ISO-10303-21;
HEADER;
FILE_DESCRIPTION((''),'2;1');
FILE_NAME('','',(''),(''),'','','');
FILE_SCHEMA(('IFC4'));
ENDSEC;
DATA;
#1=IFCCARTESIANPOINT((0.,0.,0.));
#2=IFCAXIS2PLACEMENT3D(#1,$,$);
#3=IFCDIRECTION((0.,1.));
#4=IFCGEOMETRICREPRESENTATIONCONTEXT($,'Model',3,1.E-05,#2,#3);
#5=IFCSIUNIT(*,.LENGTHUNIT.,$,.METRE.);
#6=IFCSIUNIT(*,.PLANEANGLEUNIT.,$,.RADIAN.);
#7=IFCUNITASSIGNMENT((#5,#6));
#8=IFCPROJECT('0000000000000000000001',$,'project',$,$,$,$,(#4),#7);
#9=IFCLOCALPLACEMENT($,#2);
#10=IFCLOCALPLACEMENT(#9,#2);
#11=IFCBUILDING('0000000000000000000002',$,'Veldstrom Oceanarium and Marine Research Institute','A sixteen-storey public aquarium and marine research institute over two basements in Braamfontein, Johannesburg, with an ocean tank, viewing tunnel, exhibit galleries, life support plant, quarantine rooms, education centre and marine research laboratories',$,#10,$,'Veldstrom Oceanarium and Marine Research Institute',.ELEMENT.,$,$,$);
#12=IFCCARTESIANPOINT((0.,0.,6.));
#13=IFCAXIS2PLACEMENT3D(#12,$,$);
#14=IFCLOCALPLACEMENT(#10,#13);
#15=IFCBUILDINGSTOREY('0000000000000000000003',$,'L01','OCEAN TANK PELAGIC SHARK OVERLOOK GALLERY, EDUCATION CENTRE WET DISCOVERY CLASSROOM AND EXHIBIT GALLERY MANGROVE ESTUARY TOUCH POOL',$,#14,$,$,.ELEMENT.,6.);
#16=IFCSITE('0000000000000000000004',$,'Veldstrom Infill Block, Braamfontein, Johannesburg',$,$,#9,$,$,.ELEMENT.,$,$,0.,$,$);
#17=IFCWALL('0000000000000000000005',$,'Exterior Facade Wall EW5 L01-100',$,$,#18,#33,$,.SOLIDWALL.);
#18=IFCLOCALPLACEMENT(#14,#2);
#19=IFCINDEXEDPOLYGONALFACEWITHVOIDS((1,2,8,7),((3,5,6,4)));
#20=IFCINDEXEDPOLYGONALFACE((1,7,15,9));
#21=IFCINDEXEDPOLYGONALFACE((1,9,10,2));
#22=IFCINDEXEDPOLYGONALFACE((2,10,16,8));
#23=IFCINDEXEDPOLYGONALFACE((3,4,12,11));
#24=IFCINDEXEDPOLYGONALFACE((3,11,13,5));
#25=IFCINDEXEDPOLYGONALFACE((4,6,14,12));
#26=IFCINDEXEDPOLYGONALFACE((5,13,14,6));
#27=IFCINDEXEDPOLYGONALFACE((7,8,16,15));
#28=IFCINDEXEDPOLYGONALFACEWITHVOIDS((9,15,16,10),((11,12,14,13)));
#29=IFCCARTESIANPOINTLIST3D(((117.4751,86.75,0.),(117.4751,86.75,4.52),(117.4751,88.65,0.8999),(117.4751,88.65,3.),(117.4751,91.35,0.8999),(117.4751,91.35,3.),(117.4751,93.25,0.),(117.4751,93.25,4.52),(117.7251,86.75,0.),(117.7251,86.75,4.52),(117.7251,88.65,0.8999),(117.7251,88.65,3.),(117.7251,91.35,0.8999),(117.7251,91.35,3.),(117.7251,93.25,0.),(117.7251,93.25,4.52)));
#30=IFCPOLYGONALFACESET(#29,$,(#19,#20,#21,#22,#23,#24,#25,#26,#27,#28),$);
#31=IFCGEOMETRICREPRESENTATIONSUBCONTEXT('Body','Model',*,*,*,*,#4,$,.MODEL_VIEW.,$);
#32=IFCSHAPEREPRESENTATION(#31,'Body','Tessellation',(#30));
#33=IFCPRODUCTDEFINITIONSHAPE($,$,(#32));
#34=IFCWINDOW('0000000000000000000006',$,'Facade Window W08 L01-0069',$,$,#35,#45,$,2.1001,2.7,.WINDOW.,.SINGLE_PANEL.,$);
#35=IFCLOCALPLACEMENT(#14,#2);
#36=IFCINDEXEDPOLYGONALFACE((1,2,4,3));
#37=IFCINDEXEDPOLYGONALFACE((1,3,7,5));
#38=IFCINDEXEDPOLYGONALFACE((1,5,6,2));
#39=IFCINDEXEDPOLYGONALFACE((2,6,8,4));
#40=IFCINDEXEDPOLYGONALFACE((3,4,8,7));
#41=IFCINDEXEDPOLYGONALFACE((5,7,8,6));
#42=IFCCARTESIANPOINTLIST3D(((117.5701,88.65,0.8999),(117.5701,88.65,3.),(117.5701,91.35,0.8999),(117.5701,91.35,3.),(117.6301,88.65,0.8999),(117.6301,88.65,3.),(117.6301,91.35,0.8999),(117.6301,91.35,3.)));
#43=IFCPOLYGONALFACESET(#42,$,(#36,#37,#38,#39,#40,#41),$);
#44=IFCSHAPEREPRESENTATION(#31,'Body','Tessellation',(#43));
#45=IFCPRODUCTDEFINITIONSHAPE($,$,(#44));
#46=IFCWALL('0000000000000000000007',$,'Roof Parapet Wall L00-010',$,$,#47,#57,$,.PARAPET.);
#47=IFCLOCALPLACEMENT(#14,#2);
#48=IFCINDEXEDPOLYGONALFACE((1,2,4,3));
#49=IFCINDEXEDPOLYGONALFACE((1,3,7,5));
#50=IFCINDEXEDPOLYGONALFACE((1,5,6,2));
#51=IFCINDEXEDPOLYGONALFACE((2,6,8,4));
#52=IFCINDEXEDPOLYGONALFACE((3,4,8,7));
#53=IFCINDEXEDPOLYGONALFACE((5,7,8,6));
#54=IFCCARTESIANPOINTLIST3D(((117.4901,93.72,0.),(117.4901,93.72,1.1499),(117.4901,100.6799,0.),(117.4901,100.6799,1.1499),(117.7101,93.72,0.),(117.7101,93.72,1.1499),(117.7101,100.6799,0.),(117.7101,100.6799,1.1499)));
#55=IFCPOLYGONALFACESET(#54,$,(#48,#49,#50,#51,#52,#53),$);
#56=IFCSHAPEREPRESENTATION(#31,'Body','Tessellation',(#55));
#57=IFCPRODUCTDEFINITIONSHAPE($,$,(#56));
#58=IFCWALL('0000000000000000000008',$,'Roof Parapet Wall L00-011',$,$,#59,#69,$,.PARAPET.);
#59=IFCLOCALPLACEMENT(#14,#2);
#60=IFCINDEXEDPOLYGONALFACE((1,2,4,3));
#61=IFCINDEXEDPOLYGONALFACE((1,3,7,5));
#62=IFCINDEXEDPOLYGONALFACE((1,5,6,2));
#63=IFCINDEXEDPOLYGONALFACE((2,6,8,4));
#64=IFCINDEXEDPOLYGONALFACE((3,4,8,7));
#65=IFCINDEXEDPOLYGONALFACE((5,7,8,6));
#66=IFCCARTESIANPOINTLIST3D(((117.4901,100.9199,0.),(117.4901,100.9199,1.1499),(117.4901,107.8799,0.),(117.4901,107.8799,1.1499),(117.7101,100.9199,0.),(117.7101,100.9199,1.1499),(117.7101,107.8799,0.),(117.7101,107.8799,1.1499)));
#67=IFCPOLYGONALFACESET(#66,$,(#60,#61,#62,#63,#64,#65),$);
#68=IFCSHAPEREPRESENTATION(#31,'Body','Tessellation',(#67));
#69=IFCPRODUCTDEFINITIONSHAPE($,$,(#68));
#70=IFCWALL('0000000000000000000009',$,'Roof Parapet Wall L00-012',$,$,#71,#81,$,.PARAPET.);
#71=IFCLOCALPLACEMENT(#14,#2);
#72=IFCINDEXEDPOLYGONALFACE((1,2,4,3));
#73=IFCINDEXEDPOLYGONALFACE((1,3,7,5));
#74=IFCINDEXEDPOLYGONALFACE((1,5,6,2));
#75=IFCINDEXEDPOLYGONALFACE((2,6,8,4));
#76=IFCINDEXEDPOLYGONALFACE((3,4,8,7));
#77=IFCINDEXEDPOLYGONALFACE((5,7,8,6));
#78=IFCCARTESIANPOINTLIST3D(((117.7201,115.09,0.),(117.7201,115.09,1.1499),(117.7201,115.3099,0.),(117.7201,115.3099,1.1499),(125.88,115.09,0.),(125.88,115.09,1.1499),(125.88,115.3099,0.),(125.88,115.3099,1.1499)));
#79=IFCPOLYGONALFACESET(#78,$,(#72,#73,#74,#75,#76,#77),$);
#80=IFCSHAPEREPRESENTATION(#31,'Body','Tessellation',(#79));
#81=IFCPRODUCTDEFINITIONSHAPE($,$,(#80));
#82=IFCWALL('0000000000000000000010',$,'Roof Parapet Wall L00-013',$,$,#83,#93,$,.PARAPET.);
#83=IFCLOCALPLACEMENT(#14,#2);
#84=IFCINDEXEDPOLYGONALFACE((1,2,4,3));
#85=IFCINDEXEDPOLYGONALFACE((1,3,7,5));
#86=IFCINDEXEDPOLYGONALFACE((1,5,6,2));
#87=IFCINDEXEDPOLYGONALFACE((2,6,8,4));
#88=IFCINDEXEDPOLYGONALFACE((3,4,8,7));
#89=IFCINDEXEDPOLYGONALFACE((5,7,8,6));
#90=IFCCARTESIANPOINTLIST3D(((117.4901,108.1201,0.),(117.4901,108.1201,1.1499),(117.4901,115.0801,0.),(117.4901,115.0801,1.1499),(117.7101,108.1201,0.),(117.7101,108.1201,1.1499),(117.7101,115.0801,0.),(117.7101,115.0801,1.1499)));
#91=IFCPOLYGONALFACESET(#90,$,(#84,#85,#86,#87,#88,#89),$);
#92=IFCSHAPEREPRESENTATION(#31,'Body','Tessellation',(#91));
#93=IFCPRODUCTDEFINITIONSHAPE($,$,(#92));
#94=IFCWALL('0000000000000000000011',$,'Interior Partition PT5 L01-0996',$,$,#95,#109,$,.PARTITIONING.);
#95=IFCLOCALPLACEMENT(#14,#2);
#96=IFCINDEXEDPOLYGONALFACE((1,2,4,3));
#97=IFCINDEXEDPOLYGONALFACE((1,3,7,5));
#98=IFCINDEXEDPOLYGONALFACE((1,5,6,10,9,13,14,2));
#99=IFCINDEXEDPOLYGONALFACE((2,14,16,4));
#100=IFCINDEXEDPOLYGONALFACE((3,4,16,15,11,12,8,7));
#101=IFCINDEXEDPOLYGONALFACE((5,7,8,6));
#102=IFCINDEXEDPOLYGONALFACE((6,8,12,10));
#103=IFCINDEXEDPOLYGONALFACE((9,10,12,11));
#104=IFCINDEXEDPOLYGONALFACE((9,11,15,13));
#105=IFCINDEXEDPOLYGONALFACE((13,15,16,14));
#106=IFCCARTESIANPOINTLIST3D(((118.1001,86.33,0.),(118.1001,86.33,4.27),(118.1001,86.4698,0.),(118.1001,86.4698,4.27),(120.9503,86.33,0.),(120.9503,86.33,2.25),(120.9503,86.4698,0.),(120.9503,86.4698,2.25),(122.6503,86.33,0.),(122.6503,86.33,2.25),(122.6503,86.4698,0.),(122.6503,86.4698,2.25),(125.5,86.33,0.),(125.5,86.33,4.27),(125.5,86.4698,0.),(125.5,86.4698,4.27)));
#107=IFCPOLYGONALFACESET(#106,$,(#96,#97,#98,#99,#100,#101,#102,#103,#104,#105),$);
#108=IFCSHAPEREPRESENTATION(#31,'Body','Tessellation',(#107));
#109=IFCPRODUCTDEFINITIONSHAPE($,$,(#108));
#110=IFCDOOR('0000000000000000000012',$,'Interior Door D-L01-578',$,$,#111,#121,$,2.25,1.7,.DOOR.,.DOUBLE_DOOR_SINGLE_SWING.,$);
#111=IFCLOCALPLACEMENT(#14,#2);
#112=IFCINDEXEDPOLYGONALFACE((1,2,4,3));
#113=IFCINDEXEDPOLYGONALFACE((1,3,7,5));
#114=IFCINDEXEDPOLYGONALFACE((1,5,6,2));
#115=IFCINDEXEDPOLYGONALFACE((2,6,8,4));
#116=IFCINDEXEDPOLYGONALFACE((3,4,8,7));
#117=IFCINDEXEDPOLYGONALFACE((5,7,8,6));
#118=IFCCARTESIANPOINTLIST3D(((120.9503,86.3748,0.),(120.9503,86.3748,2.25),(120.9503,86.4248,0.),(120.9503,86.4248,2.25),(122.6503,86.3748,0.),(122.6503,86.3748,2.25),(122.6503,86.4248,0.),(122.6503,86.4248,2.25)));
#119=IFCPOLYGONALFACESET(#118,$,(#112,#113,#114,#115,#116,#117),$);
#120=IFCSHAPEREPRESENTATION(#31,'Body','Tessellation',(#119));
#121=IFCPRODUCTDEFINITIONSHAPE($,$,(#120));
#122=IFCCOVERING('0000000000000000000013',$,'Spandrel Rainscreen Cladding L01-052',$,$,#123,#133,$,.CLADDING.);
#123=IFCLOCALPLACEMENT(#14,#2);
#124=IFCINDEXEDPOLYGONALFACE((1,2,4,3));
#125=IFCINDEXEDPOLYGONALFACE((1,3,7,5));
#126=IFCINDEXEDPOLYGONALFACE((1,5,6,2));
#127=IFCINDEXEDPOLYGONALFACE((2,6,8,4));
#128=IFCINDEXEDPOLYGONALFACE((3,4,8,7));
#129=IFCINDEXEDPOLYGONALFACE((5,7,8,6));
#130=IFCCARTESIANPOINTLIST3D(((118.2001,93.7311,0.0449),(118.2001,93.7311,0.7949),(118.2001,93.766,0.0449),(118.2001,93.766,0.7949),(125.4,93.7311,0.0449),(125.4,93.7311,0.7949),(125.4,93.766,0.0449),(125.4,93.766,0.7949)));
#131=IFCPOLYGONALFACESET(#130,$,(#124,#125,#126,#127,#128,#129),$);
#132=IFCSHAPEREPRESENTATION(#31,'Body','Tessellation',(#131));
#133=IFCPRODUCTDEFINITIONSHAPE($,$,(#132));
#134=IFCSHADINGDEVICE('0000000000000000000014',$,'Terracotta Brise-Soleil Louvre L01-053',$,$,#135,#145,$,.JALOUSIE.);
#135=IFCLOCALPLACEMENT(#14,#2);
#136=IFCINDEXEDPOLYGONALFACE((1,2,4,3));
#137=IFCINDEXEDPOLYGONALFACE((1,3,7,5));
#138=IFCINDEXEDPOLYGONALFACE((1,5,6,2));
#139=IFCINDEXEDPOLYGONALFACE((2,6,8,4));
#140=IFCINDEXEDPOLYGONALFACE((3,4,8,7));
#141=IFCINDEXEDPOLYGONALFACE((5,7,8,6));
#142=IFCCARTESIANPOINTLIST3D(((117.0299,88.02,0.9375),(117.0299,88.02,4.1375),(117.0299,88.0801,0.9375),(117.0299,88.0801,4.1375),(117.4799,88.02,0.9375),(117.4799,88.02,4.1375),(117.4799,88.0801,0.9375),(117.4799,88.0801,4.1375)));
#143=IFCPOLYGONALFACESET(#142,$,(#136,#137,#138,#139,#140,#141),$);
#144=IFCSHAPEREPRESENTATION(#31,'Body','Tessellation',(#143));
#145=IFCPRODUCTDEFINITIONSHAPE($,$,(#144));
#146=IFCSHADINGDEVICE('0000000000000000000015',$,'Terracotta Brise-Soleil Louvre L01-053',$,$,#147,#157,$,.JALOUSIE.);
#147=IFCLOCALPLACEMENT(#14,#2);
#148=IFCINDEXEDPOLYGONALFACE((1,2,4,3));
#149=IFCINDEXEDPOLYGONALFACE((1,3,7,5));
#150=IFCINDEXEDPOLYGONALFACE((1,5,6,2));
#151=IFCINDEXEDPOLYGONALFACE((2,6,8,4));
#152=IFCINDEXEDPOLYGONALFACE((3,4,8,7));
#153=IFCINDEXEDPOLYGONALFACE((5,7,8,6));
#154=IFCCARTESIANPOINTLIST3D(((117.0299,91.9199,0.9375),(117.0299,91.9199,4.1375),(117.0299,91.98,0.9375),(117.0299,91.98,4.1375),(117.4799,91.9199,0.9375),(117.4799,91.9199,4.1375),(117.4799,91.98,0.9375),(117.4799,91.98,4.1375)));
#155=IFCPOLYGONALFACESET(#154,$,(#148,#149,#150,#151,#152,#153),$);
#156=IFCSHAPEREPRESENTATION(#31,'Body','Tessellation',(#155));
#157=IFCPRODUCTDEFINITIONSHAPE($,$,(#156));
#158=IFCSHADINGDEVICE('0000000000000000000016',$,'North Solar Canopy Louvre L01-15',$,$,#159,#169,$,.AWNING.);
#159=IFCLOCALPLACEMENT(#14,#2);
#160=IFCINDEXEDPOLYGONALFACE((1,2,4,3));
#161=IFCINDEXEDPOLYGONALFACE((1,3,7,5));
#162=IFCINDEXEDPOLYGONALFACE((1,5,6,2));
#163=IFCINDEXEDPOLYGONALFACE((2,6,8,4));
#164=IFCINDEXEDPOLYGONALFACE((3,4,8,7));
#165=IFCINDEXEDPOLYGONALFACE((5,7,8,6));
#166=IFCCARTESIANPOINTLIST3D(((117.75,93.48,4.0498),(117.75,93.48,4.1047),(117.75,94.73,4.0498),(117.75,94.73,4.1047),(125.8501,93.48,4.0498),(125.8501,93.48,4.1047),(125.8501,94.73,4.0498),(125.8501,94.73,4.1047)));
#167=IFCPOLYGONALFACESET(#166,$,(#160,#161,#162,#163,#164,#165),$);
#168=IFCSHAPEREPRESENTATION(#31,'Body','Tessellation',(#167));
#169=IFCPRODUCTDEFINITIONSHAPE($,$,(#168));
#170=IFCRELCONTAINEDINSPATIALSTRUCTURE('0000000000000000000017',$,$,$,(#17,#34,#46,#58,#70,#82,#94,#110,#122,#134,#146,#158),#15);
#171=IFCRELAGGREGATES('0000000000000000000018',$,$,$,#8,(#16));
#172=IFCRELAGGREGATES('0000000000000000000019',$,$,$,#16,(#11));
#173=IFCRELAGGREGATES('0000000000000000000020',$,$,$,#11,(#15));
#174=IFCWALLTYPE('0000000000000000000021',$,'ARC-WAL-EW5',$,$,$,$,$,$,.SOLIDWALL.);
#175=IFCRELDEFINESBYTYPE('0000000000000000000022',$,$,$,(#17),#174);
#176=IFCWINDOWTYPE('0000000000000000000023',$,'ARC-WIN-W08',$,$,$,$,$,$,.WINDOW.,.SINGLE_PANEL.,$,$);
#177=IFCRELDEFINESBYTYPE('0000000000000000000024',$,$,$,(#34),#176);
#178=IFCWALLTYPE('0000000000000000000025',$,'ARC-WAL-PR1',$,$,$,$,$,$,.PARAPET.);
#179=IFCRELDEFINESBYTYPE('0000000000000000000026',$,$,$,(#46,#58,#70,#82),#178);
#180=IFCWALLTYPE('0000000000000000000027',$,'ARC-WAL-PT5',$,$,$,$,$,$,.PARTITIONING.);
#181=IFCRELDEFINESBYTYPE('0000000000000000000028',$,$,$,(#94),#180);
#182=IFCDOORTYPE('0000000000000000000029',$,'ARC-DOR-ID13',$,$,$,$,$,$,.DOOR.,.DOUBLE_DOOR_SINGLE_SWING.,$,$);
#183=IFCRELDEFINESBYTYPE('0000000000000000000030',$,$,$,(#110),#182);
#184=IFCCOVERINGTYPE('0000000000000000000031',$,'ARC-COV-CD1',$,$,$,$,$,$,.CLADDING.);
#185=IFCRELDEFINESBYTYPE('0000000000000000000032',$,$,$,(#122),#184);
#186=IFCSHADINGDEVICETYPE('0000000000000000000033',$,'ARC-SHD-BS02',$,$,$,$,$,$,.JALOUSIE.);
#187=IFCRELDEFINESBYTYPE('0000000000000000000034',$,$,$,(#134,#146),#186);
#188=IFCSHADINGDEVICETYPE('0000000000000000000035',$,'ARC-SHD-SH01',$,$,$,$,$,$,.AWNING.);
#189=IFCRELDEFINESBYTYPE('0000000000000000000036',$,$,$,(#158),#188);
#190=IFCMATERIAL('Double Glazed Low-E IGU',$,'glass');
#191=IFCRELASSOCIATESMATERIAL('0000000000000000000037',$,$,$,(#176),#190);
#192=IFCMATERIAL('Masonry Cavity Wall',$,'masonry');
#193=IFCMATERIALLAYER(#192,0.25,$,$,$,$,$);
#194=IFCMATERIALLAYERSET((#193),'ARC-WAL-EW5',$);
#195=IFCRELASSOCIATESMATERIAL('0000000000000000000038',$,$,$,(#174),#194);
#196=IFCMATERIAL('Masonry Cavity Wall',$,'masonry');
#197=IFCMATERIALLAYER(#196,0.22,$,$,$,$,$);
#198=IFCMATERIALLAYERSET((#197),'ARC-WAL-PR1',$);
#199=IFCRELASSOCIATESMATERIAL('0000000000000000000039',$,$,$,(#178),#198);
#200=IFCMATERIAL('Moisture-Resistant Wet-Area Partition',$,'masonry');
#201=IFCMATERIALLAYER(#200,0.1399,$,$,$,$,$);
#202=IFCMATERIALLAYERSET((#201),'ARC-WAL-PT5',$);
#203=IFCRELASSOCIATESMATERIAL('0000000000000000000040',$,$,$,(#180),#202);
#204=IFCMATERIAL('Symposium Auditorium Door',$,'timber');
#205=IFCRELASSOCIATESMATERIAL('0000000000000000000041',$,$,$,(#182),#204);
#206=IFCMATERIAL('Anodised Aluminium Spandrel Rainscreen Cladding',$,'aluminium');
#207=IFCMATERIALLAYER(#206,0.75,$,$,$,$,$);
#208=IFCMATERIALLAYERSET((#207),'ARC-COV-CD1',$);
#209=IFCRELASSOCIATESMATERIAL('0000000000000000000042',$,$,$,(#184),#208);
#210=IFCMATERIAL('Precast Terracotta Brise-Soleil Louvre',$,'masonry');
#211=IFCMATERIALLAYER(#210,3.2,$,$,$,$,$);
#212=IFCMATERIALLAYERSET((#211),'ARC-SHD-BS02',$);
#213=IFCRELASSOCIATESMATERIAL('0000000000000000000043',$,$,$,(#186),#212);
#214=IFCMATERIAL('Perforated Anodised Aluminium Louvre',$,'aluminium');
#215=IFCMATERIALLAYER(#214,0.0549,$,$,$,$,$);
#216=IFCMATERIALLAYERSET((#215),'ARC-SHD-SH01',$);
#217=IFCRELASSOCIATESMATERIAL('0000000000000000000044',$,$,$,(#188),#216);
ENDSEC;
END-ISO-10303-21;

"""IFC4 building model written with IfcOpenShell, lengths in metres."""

from ifc_helpers import new_model, si_unit, direction, frame, frame_2d, origin, origin_2d, place, context, subcontext, project, spatial, rectangle, extrude, material, layer, layer_set, type_object, element, fill, save


model = new_model("IFC4")

# Units and contexts
model_context = context("Model", 3, precision=1e-05, world=origin(), true_north=direction((0.0, 1.0)))
body_context = subcontext(model_context, "Body", "Model", "MODEL_VIEW")
ifc_project = project(units=[si_unit("LENGTHUNIT", "METRE"), si_unit("PLANEANGLEUNIT", "RADIAN")], contexts=[model_context])

# Site, building, storey
site_placement = place(None, origin())
site = spatial("IfcSite", under=ifc_project, at=site_placement, Name="Veldstrom Infill Block, Braamfontein, Johannesburg", CompositionType="ELEMENT", RefElevation=0.0)
building_placement = place(site_placement, origin())
building = spatial("IfcBuilding", under=site, at=building_placement, Name="Veldstrom Oceanarium and Marine Research Institute", Description="A sixteen-storey public aquarium and marine research institute over two basements in Braamfontein, Johannesburg, with an ocean tank, viewing tunnel, exhibit galleries, life support plant, quarantine rooms, education centre and marine research laboratories", LongName="Veldstrom Oceanarium and Marine Research Institute", CompositionType="ELEMENT")
storey_placement = place(building_placement, frame((0.0, 0.0, 6.0)))
storey = spatial("IfcBuildingStorey", under=building, at=storey_placement, Name="L01", Description="OCEAN TANK PELAGIC SHARK OVERLOOK GALLERY, EDUCATION CENTRE WET DISCOVERY CLASSROOM AND EXHIBIT GALLERY MANGROVE ESTUARY TOUCH POOL", CompositionType="ELEMENT", Elevation=6.0)

# Wall, opening, window
ifc_material_1 = material(Name="Double Glazed Low-E IGU", Category="glass")
window_type = type_object("IfcWindowType", Name="ARC-WIN-W08", PartitioningType="SINGLE_PANEL", PredefinedType="WINDOW", material=ifc_material_1)
ifc_material_2 = material(Name="Masonry Cavity Wall", Category="masonry")
ifc_layer_1 = layer(ifc_material_2, 0.25)
ifc_layer_set_1 = layer_set([ifc_layer_1], Name="ARC-WAL-EW5")
wall_type_1 = type_object("IfcWallType", Name="ARC-WAL-EW5", PredefinedType="SOLIDWALL", material=ifc_layer_set_1)
wall_1_placement = place(storey_placement, frame((117.6001, 86.75, 0.0), z_axis=(0.0, 0.0, 1.0), x_axis=(0.0, 1.0, 0.0)))
wall_1 = element("IfcWall", 1, at=wall_1_placement, inside=storey, type_object=wall_type_1, Name="Exterior Facade Wall EW5 L01-100", PredefinedType="SOLIDWALL", context=body_context, shape_type="SweptSolid", body=[
    extrude(rectangle(XDim=6.5, YDim=0.25, at=frame_2d((3.25, 0.0))), origin(), (0.0, 0.0, 1.0), 4.52),
])
opening_1_placement = place(wall_1_placement, frame((1.8999, 0.0, 0.8999)))
opening_1 = element("IfcOpeningElement", 2, at=opening_1_placement, cuts=wall_1, PredefinedType="OPENING", context=body_context, shape_type="SweptSolid", body=[
    extrude(rectangle(XDim=2.7, YDim=2.1001, at=frame_2d((1.3501, 1.05))), frame((0.0, 0.135, 0.0), z_axis=(0.0, -1.0, 0.0), x_axis=(1.0, 0.0, 0.0)), (0.0, 0.0, 1.0), 0.27),
])
window_1_placement = place(opening_1_placement, origin())
window_1 = element("IfcWindow", 3, at=window_1_placement, inside=storey, type_object=window_type, Name="Facade Window W08 L01-0069", OverallHeight=2.1001, OverallWidth=2.7, PartitioningType="SINGLE_PANEL", PredefinedType="WINDOW", context=body_context, shape_type="SweptSolid", body=[
    extrude(rectangle(XDim=2.7, YDim=2.1001, at=frame_2d((1.3501, 1.05))), frame((0.0, 0.03, 0.0), z_axis=(0.0, -1.0, 0.0), x_axis=(1.0, 0.0, 0.0)), (0.0, 0.0, 1.0), 0.0601),
])
fill(opening_1, window_1)

# Walls
ifc_material_3 = material(Name="Masonry Cavity Wall", Category="masonry")
ifc_layer_2 = layer(ifc_material_3, 0.22)
ifc_layer_set_2 = layer_set([ifc_layer_2], Name="ARC-WAL-PR1")
wall_type_2 = type_object("IfcWallType", Name="ARC-WAL-PR1", PredefinedType="PARAPET", material=ifc_layer_set_2)
for number, where, z_axis, x_axis, name in (
    (4, (117.6001, 93.72, 0.0), (0.0, 0.0, 1.0), (0.0, 1.0, 0.0), "Roof Parapet Wall L00-010"),
    (5, (117.6001, 100.9199, 0.0), (0.0, 0.0, 1.0), (0.0, 1.0, 0.0), "Roof Parapet Wall L00-011"),
):
    element("IfcWall", number, at=place(storey_placement, frame(where, z_axis=z_axis, x_axis=x_axis)), inside=storey, type_object=wall_type_2, Name=name, PredefinedType="PARAPET", context=body_context, shape_type="SweptSolid", body=[
        extrude(rectangle(XDim=6.96, YDim=0.22, at=frame_2d((3.48, 0.0))), origin(), (0.0, 0.0, 1.0), 1.1499),
    ])
wall_2_placement = place(storey_placement, frame((117.72, 115.2, 0.0), z_axis=(0.0, 0.0, 1.0), x_axis=(1.0, 0.0, 0.0)))
element("IfcWall", 6, at=wall_2_placement, inside=storey, type_object=wall_type_2, Name="Roof Parapet Wall L00-012", PredefinedType="PARAPET", context=body_context, shape_type="SweptSolid", body=[
    extrude(rectangle(XDim=8.1599, YDim=0.22, at=frame_2d((4.0801, 0.0))), origin(), (0.0, 0.0, 1.0), 1.1499),
])
wall_3_placement = place(storey_placement, frame((117.6001, 108.1201, 0.0), z_axis=(0.0, 0.0, 1.0), x_axis=(0.0, 1.0, 0.0)))
element("IfcWall", 7, at=wall_3_placement, inside=storey, type_object=wall_type_2, Name="Roof Parapet Wall L00-013", PredefinedType="PARAPET", context=body_context, shape_type="SweptSolid", body=[
    extrude(rectangle(XDim=6.96, YDim=0.22, at=frame_2d((3.48, 0.0))), origin(), (0.0, 0.0, 1.0), 1.1499),
])

# Wall, opening, door
ifc_material_4 = material(Name="Moisture-Resistant Wet-Area Partition", Category="masonry")
ifc_layer_3 = layer(ifc_material_4, 0.1399)
ifc_layer_set_3 = layer_set([ifc_layer_3], Name="ARC-WAL-PT5")
wall_type_3 = type_object("IfcWallType", Name="ARC-WAL-PT5", PredefinedType="PARTITIONING", material=ifc_layer_set_3)
wall_4_placement = place(storey_placement, frame((118.1001, 86.3999, 0.0), z_axis=(0.0, 0.0, 1.0), x_axis=(1.0, 0.0, 0.0)))
wall_4 = element("IfcWall", 8, at=wall_4_placement, inside=storey, type_object=wall_type_3, Name="Interior Partition PT5 L01-0996", PredefinedType="PARTITIONING", context=body_context, shape_type="SweptSolid", body=[
    extrude(rectangle(XDim=7.3999, YDim=0.1399, at=frame_2d((3.7, 0.0))), origin(), (0.0, 0.0, 1.0), 4.27),
])
opening_2_placement = place(wall_4_placement, frame((2.8501, 0.0, 0.0)))
opening_2 = element("IfcOpeningElement", 9, at=opening_2_placement, cuts=wall_4, PredefinedType="OPENING", context=body_context, shape_type="SweptSolid", body=[
    extrude(rectangle(XDim=1.7, YDim=2.25, at=frame_2d((0.8501, 1.125))), frame((0.0, 0.0798, 0.0), z_axis=(0.0, -1.0, 0.0), x_axis=(1.0, 0.0, 0.0)), (0.0, 0.0, 1.0), 0.1599),
])
ifc_material_5 = material(Name="Symposium Auditorium Door", Category="timber")
door_type = type_object("IfcDoorType", Name="ARC-DOR-ID13", OperationType="DOUBLE_DOOR_SINGLE_SWING", PredefinedType="DOOR", material=ifc_material_5)
door_placement = place(opening_2_placement, origin())
door = element("IfcDoor", 10, at=door_placement, inside=storey, type_object=door_type, Name="Interior Door D-L01-578", OperationType="DOUBLE_DOOR_SINGLE_SWING", OverallHeight=2.25, OverallWidth=1.7, PredefinedType="DOOR", context=body_context, shape_type="SweptSolid", body=[
    extrude(rectangle(XDim=1.7, YDim=2.25, at=frame_2d((0.8501, 1.125))), frame((0.0, 0.0249, 0.0), z_axis=(0.0, -1.0, 0.0), x_axis=(1.0, 0.0, 0.0)), (0.0, 0.0, 1.0), 0.05),
])
fill(opening_2, door)

# Covering
ifc_material_6 = material(Name="Anodised Aluminium Spandrel Rainscreen Cladding", Category="aluminium")
ifc_layer_4 = layer(ifc_material_6, 0.75)
ifc_layer_set_4 = layer_set([ifc_layer_4], Name="ARC-COV-CD1")
covering_type = type_object("IfcCoveringType", Name="ARC-COV-CD1", PredefinedType="CLADDING", material=ifc_layer_set_4)
covering_placement = place(storey_placement, frame((121.8, 93.7485, 0.0449), z_axis=(0.0, 0.0, 1.0), x_axis=(1.0, 0.0, 0.0)))
element("IfcCovering", 11, at=covering_placement, inside=storey, type_object=covering_type, Name="Spandrel Rainscreen Cladding L01-052", PredefinedType="CLADDING", context=body_context, shape_type="SweptSolid", body=[
    extrude(rectangle(XDim=7.2, YDim=0.0349, at=origin_2d()), origin(), (0.0, 0.0, 1.0), 0.75),
])

# Shading devices
ifc_material_7 = material(Name="Precast Terracotta Brise-Soleil Louvre", Category="masonry")
ifc_layer_5 = layer(ifc_material_7, 3.2)
ifc_layer_set_5 = layer_set([ifc_layer_5], Name="ARC-SHD-BS02")
shading_device_type_1 = type_object("IfcShadingDeviceType", Name="ARC-SHD-BS02", PredefinedType="JALOUSIE", material=ifc_layer_set_5)
for number, where, z_axis, x_axis, name in (
    (12, (117.2549, 88.05, 0.9375), (0.0, 0.0, 1.0), (1.0, 0.0, 0.0), "Terracotta Brise-Soleil Louvre L01-053"),
    (13, (117.2549, 91.95, 0.9375), (0.0, 0.0, 1.0), (1.0, 0.0, 0.0), "Terracotta Brise-Soleil Louvre L01-053"),
):
    element("IfcShadingDevice", number, at=place(storey_placement, frame(where, z_axis=z_axis, x_axis=x_axis)), inside=storey, type_object=shading_device_type_1, Name=name, PredefinedType="JALOUSIE", context=body_context, shape_type="SweptSolid", body=[
        extrude(rectangle(XDim=0.45, YDim=0.0601, at=origin_2d()), origin(), (0.0, 0.0, 1.0), 3.2),
    ])
ifc_material_8 = material(Name="Perforated Anodised Aluminium Louvre", Category="aluminium")
ifc_layer_6 = layer(ifc_material_8, 0.0549)
ifc_layer_set_6 = layer_set([ifc_layer_6], Name="ARC-SHD-SH01")
shading_device_type_2 = type_object("IfcShadingDeviceType", Name="ARC-SHD-SH01", PredefinedType="AWNING", material=ifc_layer_set_6)
shading_device_placement = place(storey_placement, frame((121.8, 94.105, 4.0498), z_axis=(0.0, 0.0, 1.0), x_axis=(1.0, 0.0, 0.0)))
element("IfcShadingDevice", 14, at=shading_device_placement, inside=storey, type_object=shading_device_type_2, Name="North Solar Canopy Louvre L01-15", PredefinedType="AWNING", context=body_context, shape_type="SweptSolid", body=[
    extrude(rectangle(XDim=8.1001, YDim=1.25, at=origin_2d()), origin(), (0.0, 0.0, 1.0), 0.0549),
])

save(model, "model.ifc")
